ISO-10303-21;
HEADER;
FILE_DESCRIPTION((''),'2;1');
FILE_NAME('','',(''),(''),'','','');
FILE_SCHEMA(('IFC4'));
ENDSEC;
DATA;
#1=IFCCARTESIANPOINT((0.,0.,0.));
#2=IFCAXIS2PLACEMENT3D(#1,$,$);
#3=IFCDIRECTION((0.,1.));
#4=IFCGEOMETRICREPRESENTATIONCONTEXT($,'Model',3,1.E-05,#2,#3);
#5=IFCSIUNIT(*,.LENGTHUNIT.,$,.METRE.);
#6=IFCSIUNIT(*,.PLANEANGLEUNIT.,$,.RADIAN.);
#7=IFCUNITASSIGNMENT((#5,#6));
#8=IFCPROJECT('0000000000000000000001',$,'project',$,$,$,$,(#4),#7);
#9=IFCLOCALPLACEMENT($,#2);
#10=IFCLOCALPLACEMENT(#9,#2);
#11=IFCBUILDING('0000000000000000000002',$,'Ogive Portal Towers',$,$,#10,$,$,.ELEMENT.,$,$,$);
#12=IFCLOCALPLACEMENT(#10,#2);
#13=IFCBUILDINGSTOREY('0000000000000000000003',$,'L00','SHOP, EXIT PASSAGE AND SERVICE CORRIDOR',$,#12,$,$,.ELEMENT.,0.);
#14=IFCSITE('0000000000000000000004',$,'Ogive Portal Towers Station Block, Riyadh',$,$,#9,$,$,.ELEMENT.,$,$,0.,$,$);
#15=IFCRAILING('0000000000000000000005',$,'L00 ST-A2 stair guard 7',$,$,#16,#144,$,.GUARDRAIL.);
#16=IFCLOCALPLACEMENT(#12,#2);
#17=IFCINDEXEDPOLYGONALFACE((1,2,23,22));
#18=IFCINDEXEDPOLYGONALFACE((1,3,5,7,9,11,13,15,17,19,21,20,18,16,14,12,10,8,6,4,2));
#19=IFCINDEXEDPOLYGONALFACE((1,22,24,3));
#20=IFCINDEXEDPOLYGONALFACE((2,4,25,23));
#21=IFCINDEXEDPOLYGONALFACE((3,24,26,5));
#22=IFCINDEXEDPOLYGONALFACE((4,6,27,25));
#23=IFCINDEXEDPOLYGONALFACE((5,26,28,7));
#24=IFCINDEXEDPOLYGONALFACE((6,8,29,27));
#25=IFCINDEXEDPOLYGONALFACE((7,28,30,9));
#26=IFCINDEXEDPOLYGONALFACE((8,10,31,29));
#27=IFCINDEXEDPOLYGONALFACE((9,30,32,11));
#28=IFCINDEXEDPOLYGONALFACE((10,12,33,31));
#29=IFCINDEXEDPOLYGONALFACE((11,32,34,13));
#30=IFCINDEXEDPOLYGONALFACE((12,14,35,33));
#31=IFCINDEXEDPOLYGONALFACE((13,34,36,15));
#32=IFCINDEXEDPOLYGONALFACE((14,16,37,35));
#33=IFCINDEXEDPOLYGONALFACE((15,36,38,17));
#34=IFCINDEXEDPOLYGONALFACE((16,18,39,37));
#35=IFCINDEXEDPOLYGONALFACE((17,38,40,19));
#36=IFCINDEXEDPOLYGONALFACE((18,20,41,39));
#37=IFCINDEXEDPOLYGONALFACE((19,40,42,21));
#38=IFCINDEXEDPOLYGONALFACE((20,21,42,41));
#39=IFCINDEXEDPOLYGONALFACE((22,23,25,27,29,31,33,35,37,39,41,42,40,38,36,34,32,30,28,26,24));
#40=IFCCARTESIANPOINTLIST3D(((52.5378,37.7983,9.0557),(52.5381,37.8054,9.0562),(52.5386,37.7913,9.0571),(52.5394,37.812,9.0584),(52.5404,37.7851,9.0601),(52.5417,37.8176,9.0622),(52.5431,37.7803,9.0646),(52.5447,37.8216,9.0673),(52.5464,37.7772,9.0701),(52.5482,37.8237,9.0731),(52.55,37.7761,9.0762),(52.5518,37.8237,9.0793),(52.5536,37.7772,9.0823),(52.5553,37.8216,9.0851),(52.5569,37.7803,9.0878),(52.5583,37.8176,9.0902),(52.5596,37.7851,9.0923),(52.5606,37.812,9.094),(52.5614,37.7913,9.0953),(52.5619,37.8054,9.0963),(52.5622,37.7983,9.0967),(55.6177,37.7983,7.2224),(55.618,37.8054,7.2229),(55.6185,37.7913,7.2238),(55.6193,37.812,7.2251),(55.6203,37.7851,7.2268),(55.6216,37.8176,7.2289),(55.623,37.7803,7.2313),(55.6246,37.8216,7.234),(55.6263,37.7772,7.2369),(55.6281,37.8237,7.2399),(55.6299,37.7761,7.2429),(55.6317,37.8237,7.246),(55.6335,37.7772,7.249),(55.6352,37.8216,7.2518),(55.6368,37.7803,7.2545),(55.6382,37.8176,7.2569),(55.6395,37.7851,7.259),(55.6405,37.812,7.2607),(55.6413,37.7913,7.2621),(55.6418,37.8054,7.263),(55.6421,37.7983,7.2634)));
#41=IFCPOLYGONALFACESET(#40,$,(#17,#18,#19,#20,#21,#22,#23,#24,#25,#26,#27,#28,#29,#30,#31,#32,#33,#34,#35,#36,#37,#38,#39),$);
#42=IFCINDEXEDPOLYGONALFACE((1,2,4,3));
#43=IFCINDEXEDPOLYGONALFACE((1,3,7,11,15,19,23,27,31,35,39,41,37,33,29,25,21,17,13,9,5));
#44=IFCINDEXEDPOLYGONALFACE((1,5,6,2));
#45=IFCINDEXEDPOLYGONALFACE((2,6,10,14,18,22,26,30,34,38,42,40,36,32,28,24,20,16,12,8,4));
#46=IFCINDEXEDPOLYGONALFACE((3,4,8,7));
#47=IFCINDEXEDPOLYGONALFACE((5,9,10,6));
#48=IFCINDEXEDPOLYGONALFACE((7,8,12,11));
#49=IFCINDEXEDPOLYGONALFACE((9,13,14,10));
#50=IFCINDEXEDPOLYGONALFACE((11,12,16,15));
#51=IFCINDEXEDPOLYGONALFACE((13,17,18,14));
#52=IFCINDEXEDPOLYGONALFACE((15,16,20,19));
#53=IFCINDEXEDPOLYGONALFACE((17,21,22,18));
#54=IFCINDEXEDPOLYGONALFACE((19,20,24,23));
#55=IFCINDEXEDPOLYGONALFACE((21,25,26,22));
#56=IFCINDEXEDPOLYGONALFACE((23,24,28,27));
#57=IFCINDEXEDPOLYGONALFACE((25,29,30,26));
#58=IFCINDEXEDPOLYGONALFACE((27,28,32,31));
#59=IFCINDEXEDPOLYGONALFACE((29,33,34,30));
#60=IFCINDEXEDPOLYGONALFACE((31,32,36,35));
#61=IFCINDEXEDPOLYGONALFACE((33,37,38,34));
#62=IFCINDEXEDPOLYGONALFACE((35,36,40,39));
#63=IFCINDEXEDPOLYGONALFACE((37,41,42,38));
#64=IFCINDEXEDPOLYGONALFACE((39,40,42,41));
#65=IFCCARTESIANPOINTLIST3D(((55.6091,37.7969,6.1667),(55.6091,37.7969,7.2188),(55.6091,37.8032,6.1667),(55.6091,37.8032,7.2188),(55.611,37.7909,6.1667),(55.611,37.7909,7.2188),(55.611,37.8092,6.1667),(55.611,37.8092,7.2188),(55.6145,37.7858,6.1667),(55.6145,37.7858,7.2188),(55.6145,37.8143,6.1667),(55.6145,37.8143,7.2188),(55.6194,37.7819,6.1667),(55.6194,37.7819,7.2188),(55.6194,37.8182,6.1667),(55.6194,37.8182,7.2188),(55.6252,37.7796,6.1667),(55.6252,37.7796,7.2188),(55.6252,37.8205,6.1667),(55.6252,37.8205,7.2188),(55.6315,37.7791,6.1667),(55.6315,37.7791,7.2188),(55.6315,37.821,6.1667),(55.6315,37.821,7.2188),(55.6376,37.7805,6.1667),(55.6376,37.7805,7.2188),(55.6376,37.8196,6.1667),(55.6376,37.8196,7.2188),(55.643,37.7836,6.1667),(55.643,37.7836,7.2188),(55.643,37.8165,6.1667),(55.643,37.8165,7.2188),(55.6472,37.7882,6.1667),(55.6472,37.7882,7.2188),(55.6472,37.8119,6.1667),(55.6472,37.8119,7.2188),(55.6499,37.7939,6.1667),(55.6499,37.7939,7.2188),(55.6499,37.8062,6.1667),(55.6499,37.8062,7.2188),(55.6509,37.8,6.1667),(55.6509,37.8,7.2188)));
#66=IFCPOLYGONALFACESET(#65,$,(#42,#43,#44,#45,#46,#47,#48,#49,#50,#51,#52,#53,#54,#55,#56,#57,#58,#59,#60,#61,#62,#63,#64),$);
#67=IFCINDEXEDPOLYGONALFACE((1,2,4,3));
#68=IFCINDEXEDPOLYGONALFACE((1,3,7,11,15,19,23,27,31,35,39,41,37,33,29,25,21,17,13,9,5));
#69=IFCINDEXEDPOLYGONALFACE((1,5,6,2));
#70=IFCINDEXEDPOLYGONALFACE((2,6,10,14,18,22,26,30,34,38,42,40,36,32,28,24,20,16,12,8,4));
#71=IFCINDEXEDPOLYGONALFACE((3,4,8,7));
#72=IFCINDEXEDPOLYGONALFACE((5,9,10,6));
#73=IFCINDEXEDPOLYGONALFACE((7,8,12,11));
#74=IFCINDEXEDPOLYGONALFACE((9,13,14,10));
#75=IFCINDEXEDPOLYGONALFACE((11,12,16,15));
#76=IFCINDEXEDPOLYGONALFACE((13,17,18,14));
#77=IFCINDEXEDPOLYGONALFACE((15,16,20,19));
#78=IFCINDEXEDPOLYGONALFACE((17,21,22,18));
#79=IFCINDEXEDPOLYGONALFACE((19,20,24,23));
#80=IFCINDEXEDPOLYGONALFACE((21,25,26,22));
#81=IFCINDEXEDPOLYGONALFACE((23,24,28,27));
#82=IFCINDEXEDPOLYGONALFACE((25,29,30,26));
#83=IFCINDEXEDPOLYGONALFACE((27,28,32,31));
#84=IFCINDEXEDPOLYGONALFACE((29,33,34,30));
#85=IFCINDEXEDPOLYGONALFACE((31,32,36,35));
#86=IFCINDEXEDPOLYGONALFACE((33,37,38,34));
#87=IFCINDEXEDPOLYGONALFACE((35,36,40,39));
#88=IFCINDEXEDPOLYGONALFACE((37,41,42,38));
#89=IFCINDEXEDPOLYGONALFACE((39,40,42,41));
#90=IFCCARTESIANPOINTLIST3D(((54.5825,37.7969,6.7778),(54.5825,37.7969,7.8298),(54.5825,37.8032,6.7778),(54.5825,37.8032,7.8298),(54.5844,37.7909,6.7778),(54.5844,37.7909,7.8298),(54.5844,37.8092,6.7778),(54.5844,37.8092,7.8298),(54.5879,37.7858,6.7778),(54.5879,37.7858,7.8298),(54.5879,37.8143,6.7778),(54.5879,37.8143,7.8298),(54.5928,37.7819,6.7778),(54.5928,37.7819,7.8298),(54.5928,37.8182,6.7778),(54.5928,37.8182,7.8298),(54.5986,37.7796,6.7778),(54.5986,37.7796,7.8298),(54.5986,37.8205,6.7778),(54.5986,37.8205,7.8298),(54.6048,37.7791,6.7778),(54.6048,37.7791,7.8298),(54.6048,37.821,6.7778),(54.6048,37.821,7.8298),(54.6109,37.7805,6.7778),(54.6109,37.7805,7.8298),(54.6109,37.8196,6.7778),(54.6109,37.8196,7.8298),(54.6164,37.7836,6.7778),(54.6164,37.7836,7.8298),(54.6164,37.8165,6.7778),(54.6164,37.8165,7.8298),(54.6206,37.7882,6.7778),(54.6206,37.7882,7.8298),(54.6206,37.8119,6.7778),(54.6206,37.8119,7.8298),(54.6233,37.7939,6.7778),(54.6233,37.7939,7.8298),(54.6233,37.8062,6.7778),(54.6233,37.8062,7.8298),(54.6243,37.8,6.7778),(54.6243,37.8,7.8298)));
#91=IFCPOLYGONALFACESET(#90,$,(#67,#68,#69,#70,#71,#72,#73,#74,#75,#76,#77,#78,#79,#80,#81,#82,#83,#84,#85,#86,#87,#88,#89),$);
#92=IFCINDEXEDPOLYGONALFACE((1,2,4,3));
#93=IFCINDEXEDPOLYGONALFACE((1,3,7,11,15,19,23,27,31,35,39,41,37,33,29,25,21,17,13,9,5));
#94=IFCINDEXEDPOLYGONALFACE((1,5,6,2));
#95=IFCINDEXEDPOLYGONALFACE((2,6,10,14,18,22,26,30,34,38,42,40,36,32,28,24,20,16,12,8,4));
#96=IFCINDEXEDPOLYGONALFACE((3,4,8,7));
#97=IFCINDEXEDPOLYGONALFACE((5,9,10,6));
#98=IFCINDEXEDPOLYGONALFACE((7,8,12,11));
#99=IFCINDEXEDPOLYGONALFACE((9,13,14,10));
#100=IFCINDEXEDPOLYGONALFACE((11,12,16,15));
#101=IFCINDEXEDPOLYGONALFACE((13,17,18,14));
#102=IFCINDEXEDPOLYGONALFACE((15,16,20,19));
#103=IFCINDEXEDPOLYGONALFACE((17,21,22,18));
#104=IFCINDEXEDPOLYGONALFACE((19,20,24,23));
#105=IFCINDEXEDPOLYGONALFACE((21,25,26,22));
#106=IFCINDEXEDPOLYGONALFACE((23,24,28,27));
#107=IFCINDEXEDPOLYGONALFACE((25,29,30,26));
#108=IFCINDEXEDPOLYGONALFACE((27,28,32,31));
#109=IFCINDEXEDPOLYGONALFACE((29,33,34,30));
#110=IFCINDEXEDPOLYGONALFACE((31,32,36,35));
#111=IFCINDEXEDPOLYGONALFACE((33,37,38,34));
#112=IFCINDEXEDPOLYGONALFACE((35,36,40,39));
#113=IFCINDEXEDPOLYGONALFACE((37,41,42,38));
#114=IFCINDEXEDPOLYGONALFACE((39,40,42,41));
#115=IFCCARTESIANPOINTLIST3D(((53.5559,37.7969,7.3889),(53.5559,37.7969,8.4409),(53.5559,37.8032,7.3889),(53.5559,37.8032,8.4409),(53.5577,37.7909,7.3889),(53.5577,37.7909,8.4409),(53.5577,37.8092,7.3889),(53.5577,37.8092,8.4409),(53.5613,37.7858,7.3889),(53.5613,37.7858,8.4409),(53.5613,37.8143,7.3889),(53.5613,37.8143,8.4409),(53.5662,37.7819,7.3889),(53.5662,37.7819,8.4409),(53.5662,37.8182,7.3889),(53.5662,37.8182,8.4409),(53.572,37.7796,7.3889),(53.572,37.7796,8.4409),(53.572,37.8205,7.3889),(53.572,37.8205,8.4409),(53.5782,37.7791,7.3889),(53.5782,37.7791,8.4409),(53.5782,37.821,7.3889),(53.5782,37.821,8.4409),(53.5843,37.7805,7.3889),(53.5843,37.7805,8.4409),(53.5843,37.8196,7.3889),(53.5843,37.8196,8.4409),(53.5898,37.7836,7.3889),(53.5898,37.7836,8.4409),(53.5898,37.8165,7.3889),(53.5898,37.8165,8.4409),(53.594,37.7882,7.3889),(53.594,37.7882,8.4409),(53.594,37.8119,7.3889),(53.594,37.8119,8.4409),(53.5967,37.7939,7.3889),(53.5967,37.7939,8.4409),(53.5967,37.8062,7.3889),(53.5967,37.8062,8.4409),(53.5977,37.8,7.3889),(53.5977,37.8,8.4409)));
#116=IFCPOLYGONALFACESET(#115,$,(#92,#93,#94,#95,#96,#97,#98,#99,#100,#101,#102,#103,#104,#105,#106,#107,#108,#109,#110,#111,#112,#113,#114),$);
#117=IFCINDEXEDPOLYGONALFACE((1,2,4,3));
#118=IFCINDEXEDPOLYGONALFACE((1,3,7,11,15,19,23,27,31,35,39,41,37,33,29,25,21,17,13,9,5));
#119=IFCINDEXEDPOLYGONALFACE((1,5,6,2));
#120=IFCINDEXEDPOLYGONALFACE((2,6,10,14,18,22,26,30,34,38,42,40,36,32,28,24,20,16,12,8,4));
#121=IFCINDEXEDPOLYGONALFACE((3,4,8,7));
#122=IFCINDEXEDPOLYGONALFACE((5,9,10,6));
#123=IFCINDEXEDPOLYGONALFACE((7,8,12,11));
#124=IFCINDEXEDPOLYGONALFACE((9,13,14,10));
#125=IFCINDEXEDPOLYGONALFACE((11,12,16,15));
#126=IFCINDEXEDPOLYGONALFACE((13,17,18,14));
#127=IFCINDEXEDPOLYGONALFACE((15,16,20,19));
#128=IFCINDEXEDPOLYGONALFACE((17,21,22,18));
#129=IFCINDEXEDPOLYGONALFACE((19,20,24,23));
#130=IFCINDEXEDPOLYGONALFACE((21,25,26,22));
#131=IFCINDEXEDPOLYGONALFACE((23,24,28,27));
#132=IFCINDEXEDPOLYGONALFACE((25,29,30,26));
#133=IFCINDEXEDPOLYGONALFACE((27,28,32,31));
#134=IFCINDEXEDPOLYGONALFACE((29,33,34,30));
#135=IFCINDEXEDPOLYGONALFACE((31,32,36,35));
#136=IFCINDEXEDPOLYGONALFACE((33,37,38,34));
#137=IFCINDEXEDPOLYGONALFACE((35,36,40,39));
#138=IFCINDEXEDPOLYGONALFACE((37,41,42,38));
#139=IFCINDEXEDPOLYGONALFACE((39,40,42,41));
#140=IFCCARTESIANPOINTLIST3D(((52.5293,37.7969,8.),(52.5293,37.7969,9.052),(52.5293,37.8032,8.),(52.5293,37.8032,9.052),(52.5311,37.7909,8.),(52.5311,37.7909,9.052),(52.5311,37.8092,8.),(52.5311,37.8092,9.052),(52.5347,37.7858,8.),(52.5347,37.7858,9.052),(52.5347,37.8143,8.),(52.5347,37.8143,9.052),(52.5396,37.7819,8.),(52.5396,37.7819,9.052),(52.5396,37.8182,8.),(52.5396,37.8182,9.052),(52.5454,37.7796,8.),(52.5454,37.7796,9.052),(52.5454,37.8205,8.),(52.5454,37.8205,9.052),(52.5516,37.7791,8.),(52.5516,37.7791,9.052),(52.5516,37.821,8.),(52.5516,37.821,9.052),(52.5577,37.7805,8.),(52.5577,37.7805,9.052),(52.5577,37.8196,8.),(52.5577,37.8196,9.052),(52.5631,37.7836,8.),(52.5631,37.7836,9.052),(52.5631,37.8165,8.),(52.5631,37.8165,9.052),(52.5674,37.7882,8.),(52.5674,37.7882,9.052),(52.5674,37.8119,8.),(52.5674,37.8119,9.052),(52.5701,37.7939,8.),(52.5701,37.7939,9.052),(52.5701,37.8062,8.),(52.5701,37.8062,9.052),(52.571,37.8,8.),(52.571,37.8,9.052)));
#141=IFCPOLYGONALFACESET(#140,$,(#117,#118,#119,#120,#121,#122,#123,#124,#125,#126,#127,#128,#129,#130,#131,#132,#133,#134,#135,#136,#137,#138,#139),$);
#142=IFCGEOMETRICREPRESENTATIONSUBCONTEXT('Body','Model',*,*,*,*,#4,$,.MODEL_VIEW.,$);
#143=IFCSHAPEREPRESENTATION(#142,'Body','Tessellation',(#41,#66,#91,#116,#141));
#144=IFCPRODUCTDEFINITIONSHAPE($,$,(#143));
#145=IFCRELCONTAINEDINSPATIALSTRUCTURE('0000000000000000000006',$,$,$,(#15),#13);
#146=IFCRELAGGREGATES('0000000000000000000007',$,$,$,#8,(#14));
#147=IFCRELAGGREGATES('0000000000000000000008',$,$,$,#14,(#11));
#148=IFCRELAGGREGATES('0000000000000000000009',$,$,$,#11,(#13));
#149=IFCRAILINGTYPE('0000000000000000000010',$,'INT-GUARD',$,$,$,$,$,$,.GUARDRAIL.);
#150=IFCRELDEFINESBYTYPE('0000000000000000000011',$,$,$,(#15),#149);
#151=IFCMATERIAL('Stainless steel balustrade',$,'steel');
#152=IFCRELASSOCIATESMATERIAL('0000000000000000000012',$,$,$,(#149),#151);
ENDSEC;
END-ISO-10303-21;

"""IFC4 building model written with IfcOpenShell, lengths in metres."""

from ifc_helpers import new_model, si_unit, direction, frame, origin, origin_2d, place, context, subcontext, project, spatial, circle, extrude, material, type_object, element, save


model = new_model("IFC4")

# Units and contexts
model_context = context("Model", 3, precision=1e-05, world=origin(), true_north=direction((0.0, 1.0)))
body_context = subcontext(model_context, "Body", "Model", "MODEL_VIEW")
ifc_project = project(units=[si_unit("LENGTHUNIT", "METRE"), si_unit("PLANEANGLEUNIT", "RADIAN")], contexts=[model_context])

# Site, building, storey
site_placement = place(None, origin())
site = spatial("IfcSite", under=ifc_project, at=site_placement, Name="Ogive Portal Towers Station Block, Riyadh", CompositionType="ELEMENT", RefElevation=0.0)
building_placement = place(site_placement, origin())
building = spatial("IfcBuilding", under=site, at=building_placement, Name="Ogive Portal Towers", CompositionType="ELEMENT")
storey_placement = place(building_placement, origin())
storey = spatial("IfcBuildingStorey", under=building, at=storey_placement, Name="L00", Description="SHOP, EXIT PASSAGE AND SERVICE CORRIDOR", CompositionType="ELEMENT", Elevation=0.0)

# Railing
ifc_material_1 = material(Name="Stainless steel balustrade", Category="steel")
railing_type_1 = type_object("IfcRailingType", Name="INT-GUARD", PredefinedType="GUARDRAIL", material=ifc_material_1)
railing_1_placement = place(storey_placement, frame((55.6299, 37.8, 6.1667)))
element("IfcRailing", 1, at=railing_1_placement, inside=storey, type_object=railing_type_1, Name="L00 ST-A2 stair guard 7", PredefinedType="GUARDRAIL", context=body_context, shape_type="SweptSolid", body=[
    extrude(circle(Radius=0.0239, at=origin_2d()), frame((0.0, 0.0, 1.0762), z_axis=(-0.859291, 0.0, 0.511487), x_axis=(0.0, -1.0, 0.0)), (0.0, 0.0, 1.0), 3.5842),
    extrude(circle(Radius=0.021, at=origin_2d()), origin(), (0.0, 0.0, 1.0), 1.052),
    extrude(circle(Radius=0.021, at=origin_2d()), frame((-1.0266, 0.0, 0.6111)), (0.0, 0.0, 1.0), 1.052),
    extrude(circle(Radius=0.021, at=origin_2d()), frame((-2.0532, 0.0, 1.2222)), (0.0, 0.0, 1.0), 1.052),
    extrude(circle(Radius=0.021, at=origin_2d()), frame((-3.0798, 0.0, 1.8333)), (0.0, 0.0, 1.0), 1.052),
])

save(model, "model.ifc")
